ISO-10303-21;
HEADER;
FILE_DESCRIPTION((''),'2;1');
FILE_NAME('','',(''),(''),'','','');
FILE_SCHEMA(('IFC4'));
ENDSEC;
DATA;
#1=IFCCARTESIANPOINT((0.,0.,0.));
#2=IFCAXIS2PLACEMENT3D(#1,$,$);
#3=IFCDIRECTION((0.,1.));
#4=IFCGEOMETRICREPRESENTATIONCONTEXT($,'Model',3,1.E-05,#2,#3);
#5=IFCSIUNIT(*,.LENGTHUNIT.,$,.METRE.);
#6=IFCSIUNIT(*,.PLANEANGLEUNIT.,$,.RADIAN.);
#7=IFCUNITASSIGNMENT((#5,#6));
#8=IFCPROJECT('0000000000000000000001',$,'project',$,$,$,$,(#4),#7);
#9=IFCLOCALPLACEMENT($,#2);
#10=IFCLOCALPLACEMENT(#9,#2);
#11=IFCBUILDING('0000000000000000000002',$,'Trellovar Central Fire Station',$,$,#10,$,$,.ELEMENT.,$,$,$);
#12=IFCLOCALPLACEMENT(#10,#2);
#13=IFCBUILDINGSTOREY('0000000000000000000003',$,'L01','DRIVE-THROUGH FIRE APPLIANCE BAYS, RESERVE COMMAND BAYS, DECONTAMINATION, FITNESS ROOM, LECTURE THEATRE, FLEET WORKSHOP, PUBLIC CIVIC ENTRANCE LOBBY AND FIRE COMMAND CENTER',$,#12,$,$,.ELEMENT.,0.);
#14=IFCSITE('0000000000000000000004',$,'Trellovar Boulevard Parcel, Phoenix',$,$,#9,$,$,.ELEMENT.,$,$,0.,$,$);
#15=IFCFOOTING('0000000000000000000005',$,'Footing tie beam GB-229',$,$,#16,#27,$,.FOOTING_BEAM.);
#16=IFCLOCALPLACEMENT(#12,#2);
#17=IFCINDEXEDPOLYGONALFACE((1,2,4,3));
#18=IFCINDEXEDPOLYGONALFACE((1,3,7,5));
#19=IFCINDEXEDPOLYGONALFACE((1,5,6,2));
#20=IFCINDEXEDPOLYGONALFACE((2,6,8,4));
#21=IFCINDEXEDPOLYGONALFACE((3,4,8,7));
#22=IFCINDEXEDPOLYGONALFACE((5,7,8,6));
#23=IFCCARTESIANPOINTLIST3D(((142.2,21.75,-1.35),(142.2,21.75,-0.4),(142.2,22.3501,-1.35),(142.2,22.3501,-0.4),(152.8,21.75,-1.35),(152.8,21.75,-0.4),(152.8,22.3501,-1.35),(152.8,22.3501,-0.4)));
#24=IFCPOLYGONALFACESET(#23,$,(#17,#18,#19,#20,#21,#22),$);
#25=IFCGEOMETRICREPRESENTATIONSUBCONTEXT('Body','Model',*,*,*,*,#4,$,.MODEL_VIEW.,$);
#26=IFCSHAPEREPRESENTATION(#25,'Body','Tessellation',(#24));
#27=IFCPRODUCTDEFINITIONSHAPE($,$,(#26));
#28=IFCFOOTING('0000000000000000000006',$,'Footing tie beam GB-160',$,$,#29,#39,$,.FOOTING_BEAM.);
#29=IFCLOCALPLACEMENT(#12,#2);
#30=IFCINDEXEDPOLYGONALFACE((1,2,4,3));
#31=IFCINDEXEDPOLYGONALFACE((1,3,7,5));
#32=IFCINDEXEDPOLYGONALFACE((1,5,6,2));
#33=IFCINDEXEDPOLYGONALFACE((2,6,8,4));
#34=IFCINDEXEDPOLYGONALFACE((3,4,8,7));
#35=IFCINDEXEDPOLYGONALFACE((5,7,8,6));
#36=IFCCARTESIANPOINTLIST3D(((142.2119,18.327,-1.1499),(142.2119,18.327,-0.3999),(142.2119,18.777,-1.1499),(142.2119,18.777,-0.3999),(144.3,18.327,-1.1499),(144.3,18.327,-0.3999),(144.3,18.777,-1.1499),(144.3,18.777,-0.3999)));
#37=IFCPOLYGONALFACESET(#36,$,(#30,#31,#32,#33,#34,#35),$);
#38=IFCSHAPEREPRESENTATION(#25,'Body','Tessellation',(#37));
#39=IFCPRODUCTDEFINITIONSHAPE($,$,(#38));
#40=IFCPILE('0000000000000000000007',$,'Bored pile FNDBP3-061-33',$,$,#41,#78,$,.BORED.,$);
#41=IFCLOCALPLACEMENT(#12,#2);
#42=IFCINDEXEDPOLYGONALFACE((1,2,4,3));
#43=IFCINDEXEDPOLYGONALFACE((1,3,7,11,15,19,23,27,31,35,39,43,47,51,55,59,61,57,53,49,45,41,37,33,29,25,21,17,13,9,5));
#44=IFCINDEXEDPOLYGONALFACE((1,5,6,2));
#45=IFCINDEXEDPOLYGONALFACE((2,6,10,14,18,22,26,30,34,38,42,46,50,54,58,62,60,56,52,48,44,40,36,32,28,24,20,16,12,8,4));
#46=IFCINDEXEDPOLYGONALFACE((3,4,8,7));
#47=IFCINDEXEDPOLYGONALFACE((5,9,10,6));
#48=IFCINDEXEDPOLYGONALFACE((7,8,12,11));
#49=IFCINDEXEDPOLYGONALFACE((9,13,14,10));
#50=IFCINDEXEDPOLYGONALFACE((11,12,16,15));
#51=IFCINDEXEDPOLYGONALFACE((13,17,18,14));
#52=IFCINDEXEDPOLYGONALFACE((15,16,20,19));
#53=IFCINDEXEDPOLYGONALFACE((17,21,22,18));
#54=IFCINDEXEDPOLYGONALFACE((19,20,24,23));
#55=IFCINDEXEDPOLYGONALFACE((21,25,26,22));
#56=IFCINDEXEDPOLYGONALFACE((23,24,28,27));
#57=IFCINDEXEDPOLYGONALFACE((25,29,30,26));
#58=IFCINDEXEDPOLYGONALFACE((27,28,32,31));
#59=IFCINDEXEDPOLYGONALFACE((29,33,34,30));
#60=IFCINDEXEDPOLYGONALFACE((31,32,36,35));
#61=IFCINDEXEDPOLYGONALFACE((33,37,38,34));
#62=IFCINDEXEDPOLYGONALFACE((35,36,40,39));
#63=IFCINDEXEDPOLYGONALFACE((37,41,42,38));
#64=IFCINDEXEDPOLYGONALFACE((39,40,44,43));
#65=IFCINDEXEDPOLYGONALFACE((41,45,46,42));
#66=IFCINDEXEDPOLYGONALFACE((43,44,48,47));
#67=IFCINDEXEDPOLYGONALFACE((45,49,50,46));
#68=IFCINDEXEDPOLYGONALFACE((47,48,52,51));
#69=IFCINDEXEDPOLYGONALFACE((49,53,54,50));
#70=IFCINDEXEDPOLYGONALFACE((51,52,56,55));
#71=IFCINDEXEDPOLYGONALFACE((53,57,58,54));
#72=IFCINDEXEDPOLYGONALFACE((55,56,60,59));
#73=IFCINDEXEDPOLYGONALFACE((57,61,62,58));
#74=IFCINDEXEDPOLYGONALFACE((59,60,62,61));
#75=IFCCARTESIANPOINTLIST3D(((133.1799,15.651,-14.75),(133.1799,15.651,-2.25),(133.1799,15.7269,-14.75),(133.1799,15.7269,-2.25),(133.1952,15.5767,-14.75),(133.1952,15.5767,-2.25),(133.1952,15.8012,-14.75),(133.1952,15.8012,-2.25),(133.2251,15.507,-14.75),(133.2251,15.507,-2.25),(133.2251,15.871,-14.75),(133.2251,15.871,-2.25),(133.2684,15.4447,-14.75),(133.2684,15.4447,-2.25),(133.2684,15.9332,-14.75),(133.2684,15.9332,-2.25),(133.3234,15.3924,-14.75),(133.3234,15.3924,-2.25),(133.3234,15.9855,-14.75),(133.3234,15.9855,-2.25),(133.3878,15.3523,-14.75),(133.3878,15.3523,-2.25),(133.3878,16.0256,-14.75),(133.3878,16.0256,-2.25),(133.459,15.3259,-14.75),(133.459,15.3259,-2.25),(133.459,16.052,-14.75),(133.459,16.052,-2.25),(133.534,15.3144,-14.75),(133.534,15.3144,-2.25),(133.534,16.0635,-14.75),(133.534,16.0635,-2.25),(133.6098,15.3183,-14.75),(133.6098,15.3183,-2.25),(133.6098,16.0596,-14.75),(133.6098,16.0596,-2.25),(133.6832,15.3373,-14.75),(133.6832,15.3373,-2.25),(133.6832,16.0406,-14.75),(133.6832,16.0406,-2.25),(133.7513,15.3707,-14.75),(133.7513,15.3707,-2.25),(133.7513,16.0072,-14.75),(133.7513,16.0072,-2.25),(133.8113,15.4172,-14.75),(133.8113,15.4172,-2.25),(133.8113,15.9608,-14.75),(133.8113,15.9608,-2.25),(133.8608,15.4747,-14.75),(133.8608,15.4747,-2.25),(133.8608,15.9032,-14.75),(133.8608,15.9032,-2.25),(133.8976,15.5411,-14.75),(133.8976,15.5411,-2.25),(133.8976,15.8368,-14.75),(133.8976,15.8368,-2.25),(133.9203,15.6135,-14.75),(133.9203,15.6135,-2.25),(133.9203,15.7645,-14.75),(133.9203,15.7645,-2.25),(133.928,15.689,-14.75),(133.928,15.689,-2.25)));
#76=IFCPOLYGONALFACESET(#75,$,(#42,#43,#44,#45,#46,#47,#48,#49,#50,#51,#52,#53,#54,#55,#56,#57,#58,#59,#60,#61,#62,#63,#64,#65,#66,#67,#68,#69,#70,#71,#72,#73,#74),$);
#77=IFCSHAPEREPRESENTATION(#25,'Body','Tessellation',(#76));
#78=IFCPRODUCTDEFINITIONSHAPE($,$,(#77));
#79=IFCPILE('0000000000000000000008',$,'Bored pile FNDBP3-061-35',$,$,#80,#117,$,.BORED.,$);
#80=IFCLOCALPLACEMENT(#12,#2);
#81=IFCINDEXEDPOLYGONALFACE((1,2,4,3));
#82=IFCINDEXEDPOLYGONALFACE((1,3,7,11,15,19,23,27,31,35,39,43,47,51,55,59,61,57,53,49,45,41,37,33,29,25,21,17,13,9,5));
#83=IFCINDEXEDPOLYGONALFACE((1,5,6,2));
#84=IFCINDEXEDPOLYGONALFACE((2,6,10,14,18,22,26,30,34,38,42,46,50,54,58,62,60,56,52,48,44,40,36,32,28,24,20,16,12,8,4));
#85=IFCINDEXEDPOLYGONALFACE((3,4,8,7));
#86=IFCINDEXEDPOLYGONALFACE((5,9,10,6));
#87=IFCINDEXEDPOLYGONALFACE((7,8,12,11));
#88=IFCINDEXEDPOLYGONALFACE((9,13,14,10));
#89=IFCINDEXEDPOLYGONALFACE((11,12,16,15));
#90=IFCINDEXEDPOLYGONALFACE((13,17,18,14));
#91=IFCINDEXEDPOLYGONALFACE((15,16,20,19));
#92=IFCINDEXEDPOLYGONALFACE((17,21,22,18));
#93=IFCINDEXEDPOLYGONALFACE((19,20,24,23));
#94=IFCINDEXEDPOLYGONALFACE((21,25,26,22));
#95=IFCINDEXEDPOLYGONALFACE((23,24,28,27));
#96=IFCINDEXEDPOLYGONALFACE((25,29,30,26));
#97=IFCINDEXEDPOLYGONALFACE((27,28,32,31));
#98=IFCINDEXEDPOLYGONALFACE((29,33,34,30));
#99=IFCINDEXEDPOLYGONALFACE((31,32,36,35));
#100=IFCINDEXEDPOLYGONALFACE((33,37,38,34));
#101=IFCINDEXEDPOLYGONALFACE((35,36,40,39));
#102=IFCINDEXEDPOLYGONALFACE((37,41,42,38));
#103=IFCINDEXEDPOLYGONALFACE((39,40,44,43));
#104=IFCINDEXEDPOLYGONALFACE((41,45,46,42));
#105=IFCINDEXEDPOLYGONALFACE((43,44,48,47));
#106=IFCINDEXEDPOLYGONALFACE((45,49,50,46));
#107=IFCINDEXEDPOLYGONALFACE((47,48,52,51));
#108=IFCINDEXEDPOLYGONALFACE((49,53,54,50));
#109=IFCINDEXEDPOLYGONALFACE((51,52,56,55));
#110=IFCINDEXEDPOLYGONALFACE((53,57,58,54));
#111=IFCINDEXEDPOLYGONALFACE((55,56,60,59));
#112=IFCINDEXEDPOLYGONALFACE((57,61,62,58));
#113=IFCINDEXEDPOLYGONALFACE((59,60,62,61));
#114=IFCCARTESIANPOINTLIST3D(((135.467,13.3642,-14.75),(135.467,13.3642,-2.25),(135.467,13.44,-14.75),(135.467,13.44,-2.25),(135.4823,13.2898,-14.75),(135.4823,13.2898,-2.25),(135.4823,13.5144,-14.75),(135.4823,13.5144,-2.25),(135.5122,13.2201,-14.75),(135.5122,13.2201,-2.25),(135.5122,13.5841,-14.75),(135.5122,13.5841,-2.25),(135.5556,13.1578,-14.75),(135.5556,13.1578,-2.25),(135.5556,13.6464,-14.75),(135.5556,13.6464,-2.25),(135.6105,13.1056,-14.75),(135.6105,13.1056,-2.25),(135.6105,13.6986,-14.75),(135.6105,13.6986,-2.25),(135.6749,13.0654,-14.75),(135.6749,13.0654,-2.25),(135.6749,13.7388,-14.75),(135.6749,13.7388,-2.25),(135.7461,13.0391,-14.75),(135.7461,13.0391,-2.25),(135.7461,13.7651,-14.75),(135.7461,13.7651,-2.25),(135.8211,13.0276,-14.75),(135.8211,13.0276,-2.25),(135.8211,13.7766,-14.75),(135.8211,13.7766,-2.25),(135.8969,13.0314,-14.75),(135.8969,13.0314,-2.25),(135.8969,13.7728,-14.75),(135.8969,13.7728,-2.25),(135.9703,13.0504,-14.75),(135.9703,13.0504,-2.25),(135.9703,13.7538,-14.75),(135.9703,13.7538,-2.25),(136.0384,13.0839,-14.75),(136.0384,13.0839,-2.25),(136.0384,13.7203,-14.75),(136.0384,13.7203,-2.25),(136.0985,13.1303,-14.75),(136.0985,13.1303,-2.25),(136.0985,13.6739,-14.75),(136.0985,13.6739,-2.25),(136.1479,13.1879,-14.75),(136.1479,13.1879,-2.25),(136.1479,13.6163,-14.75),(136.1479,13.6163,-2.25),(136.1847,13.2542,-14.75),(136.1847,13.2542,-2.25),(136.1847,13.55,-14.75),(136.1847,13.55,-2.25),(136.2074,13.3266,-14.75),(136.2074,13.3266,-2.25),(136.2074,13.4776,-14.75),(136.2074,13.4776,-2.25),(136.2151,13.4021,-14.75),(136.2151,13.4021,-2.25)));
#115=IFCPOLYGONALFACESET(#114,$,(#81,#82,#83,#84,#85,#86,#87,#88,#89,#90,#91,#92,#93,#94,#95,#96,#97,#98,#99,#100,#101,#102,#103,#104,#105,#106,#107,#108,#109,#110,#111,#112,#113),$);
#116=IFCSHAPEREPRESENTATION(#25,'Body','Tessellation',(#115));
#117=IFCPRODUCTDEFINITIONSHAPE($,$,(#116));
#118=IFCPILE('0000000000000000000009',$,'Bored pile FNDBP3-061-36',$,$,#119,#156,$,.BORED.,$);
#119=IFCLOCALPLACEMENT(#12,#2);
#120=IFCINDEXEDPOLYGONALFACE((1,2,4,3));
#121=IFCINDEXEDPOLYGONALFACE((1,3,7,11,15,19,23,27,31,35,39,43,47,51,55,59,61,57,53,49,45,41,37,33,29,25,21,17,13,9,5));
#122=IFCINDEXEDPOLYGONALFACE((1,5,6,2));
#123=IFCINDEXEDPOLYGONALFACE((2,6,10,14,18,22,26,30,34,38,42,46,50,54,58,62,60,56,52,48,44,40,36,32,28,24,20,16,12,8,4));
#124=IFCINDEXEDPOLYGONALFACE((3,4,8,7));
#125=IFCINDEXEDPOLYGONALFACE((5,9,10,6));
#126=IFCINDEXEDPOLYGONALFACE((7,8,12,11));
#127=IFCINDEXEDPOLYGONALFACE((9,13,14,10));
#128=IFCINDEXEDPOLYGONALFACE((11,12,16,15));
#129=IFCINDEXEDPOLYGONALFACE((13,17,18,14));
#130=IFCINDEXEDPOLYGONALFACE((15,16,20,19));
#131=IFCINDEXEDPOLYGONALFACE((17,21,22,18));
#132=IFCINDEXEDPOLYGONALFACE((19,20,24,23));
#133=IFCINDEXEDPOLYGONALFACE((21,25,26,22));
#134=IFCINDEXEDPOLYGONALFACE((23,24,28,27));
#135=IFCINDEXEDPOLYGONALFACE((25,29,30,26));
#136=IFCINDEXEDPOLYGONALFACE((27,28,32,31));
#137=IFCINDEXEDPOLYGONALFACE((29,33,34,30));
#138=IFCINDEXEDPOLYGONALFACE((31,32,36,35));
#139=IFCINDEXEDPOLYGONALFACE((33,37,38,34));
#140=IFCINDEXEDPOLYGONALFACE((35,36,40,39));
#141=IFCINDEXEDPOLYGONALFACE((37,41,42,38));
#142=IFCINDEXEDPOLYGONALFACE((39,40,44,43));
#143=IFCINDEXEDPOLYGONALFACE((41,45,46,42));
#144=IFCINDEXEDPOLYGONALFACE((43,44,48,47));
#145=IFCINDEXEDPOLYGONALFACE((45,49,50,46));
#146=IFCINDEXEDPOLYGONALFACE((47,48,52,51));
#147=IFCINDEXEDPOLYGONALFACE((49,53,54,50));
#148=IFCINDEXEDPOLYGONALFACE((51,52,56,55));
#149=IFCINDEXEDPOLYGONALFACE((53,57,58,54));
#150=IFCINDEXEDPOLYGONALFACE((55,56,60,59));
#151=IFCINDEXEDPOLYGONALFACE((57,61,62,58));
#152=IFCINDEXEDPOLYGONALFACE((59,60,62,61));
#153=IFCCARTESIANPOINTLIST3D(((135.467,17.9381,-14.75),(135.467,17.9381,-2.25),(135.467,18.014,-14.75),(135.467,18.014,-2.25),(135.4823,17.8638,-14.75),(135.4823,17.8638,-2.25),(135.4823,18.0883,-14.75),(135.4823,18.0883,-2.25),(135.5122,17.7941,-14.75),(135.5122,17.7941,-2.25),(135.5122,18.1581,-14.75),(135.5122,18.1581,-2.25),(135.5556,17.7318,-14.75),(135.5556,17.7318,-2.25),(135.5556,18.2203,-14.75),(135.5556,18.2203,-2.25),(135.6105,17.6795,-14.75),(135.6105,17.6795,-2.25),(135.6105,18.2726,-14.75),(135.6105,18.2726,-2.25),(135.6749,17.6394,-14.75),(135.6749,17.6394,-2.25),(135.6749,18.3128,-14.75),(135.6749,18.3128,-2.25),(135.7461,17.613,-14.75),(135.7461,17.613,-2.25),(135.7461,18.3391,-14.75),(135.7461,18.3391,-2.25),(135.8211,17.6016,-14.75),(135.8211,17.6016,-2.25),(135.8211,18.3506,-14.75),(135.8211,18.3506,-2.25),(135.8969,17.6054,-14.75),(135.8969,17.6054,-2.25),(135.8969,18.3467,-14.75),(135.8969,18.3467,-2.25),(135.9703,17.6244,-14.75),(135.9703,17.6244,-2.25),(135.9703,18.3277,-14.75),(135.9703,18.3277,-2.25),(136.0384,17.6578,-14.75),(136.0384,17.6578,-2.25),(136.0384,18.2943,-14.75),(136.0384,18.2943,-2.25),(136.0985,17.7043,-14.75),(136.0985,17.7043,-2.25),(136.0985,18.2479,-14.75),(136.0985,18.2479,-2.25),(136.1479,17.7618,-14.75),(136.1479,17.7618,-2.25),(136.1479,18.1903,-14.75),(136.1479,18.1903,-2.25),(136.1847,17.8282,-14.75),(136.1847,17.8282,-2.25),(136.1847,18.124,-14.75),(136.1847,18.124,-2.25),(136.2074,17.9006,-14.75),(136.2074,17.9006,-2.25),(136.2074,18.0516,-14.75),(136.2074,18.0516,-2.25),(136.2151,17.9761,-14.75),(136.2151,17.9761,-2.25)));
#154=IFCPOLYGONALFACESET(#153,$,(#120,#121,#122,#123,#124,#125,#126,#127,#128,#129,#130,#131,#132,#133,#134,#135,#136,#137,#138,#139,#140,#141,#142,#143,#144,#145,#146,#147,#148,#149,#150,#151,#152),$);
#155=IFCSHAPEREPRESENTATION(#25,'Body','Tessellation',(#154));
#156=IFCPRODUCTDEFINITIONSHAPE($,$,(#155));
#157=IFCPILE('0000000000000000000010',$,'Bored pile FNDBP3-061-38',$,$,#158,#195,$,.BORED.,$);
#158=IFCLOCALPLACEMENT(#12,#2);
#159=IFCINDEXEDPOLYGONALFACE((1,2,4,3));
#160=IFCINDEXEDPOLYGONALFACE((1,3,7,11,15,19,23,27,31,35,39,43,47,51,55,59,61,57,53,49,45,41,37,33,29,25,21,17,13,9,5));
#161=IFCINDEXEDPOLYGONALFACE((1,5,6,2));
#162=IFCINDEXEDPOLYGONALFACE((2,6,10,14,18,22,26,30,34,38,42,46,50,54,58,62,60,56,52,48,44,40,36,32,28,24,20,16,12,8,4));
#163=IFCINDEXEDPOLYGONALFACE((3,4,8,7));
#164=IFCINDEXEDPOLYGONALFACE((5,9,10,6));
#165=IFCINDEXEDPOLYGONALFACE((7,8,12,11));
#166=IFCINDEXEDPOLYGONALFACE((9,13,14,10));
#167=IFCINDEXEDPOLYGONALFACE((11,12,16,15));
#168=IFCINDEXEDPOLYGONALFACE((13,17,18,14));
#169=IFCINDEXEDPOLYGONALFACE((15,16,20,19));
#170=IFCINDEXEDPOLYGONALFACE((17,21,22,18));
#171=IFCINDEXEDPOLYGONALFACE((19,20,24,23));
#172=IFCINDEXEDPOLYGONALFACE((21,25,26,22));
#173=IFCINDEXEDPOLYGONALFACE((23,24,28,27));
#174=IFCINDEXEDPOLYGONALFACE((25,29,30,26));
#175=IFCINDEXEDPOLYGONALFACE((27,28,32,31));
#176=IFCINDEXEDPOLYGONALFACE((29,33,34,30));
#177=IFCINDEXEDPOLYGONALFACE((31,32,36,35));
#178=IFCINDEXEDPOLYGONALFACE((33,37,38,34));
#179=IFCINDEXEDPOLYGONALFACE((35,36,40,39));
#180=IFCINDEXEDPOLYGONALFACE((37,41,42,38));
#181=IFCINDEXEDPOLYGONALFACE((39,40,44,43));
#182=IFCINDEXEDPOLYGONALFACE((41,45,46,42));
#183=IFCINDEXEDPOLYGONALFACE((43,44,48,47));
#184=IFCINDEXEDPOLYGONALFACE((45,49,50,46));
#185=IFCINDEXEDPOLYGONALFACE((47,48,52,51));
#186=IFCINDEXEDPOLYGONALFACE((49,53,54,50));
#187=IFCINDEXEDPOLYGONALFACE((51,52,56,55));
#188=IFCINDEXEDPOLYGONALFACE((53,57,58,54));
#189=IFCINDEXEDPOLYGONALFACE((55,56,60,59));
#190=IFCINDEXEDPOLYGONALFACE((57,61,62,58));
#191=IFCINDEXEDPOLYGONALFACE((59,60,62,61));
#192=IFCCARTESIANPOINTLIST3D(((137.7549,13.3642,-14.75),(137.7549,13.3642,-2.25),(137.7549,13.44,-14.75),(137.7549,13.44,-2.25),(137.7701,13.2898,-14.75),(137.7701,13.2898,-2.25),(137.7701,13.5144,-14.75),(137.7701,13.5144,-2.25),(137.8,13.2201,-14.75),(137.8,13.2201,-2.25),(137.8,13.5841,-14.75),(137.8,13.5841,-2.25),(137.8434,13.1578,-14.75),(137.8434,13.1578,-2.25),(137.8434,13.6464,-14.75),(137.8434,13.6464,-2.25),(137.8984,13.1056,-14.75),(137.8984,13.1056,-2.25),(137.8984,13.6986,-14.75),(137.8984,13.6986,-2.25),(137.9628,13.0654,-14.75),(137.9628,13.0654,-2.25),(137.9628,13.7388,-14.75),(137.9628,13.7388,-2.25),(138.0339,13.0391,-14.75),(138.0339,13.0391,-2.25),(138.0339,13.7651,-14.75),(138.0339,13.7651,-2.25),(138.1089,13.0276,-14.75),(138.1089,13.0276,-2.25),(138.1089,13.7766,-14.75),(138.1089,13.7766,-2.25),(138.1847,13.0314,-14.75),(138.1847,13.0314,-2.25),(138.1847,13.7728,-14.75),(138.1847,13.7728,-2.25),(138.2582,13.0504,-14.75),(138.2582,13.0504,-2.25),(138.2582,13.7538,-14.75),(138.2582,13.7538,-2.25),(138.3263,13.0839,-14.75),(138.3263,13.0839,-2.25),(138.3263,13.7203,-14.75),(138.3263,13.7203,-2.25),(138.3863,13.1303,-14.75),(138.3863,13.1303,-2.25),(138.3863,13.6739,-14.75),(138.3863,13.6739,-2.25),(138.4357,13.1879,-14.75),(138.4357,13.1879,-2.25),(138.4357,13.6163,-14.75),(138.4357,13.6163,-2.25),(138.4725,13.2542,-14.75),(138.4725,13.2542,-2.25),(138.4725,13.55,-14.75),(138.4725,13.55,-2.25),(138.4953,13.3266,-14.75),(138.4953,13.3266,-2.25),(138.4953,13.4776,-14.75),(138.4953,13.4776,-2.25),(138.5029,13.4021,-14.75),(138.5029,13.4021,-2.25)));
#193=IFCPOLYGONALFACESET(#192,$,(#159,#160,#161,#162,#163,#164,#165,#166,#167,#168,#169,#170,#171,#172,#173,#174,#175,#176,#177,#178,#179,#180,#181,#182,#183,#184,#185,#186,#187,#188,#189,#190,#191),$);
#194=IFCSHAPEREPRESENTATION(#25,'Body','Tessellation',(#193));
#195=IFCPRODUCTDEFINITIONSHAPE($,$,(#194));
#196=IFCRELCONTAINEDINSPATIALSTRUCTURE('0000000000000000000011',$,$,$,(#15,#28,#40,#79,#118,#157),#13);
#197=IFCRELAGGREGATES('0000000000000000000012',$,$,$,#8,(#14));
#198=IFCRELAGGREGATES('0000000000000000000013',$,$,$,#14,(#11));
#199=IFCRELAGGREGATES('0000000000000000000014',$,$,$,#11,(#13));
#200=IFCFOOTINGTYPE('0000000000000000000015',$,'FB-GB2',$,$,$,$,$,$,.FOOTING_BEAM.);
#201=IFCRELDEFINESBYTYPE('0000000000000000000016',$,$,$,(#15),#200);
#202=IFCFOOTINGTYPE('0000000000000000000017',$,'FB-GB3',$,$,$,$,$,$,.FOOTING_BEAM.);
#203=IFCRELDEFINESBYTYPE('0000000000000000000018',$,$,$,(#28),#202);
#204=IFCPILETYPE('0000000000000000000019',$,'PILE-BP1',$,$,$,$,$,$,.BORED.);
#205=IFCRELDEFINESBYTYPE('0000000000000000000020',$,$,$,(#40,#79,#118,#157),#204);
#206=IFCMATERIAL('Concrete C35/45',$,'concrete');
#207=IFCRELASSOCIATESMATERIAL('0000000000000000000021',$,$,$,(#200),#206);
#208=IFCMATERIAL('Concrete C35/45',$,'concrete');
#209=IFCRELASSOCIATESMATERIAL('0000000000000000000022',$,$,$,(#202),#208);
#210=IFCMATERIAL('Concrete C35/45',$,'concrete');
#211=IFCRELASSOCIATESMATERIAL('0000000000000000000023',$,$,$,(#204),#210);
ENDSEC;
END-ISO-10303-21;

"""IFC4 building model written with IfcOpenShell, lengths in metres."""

from ifc_helpers import new_model, si_unit, direction, frame, origin, origin_2d, place, context, subcontext, project, spatial, rectangle, circle, extrude, material, material_profile, profile_set, type_object, element, save


model = new_model("IFC4")

# Units and contexts
model_context = context("Model", 3, precision=1e-05, world=origin(), true_north=direction((0.0, 1.0)))
body_context = subcontext(model_context, "Body", "Model", "MODEL_VIEW")
ifc_project = project(units=[si_unit("LENGTHUNIT", "METRE"), si_unit("PLANEANGLEUNIT", "RADIAN")], contexts=[model_context])

# Site, building, storey
site_placement = place(None, origin())
site = spatial("IfcSite", under=ifc_project, at=site_placement, Name="Trellovar Boulevard Parcel, Phoenix", CompositionType="ELEMENT", RefElevation=0.0)
building_placement = place(site_placement, origin())
building = spatial("IfcBuilding", under=site, at=building_placement, Name="Trellovar Central Fire Station", CompositionType="ELEMENT")
storey_placement = place(building_placement, origin())
storey = spatial("IfcBuildingStorey", under=building, at=storey_placement, Name="L01", Description="DRIVE-THROUGH FIRE APPLIANCE BAYS, RESERVE COMMAND BAYS, DECONTAMINATION, FITNESS ROOM, LECTURE THEATRE, FLEET WORKSHOP, PUBLIC CIVIC ENTRANCE LOBBY AND FIRE COMMAND CENTER", CompositionType="ELEMENT", Elevation=0.0)

# Footings
ifc_material_1 = material(Name="Concrete C35/45", Category="concrete")
ifc_material_profile_1 = material_profile(ifc_material_1, rectangle(XDim=0.6001, YDim=0.95, at=origin_2d()), Name="RC600X950")
ifc_profile_set_1 = profile_set([ifc_material_profile_1], Name="Concrete C35/45")
footing_type_1 = type_object("IfcFootingType", Name="FB-GB2", PredefinedType="FOOTING_BEAM", material=ifc_profile_set_1)
footing_1_placement = place(storey_placement, frame((142.2, 22.05, -0.875), z_axis=(1.0, 0.0, 0.0), x_axis=(0.0, 1.0, 0.0)))
element("IfcFooting", 1, at=footing_1_placement, inside=storey, type_object=footing_type_1, Name="Footing tie beam GB-229", PredefinedType="FOOTING_BEAM", context=body_context, shape_type="SweptSolid", body=[
    extrude(rectangle(XDim=0.6001, YDim=0.95, at=origin_2d()), origin(), (0.0, 0.0, 1.0), 10.6001),
])
ifc_material_2 = material(Name="Concrete C35/45", Category="concrete")
ifc_material_profile_2 = material_profile(ifc_material_2, rectangle(XDim=0.45, YDim=0.75, at=origin_2d()), Name="RC450X750")
ifc_profile_set_2 = profile_set([ifc_material_profile_2], Name="Concrete C35/45")
footing_type_2 = type_object("IfcFootingType", Name="FB-GB3", PredefinedType="FOOTING_BEAM", material=ifc_profile_set_2)
footing_2_placement = place(storey_placement, frame((142.2119, 18.552, -0.7749), z_axis=(1.0, 0.0, 0.0), x_axis=(0.0, 1.0, 0.0)))
element("IfcFooting", 2, at=footing_2_placement, inside=storey, type_object=footing_type_2, Name="Footing tie beam GB-160", PredefinedType="FOOTING_BEAM", context=body_context, shape_type="SweptSolid", body=[
    extrude(rectangle(XDim=0.45, YDim=0.75, at=origin_2d()), origin(), (0.0, 0.0, 1.0), 2.0881),
])

# Piles
ifc_material_3 = material(Name="Concrete C35/45", Category="concrete")
ifc_material_profile_3 = material_profile(ifc_material_3, circle(Radius=0.375, at=origin_2d()), Name="PILE750")
ifc_profile_set_3 = profile_set([ifc_material_profile_3], Name="Concrete C35/45")
pile_type_1 = type_object("IfcPileType", Name="PILE-BP1", PredefinedType="BORED", material=ifc_profile_set_3)
for number, where, z_axis, x_axis, name in (
    (3, (133.553, 15.689, -2.25), (0.0, 0.0, -1.0), (1.0, 0.0, 0.0), "Bored pile FNDBP3-061-33"),
    (4, (135.8401, 13.4021, -2.25), (0.0, 0.0, -1.0), (1.0, 0.0, 0.0), "Bored pile FNDBP3-061-35"),
    (5, (135.8401, 17.9761, -2.25), (0.0, 0.0, -1.0), (1.0, 0.0, 0.0), "Bored pile FNDBP3-061-36"),
    (6, (138.1279, 13.4021, -2.25), (0.0, 0.0, -1.0), (1.0, 0.0, 0.0), "Bored pile FNDBP3-061-38"),
):
    element("IfcPile", number, at=place(storey_placement, frame(where, z_axis=z_axis, x_axis=x_axis)), inside=storey, type_object=pile_type_1, Name=name, PredefinedType="BORED", context=body_context, shape_type="SweptSolid", body=[
        extrude(circle(Radius=0.375, at=origin_2d()), origin(), (0.0, 0.0, 1.0), 12.5),
    ])

save(model, "model.ifc")
